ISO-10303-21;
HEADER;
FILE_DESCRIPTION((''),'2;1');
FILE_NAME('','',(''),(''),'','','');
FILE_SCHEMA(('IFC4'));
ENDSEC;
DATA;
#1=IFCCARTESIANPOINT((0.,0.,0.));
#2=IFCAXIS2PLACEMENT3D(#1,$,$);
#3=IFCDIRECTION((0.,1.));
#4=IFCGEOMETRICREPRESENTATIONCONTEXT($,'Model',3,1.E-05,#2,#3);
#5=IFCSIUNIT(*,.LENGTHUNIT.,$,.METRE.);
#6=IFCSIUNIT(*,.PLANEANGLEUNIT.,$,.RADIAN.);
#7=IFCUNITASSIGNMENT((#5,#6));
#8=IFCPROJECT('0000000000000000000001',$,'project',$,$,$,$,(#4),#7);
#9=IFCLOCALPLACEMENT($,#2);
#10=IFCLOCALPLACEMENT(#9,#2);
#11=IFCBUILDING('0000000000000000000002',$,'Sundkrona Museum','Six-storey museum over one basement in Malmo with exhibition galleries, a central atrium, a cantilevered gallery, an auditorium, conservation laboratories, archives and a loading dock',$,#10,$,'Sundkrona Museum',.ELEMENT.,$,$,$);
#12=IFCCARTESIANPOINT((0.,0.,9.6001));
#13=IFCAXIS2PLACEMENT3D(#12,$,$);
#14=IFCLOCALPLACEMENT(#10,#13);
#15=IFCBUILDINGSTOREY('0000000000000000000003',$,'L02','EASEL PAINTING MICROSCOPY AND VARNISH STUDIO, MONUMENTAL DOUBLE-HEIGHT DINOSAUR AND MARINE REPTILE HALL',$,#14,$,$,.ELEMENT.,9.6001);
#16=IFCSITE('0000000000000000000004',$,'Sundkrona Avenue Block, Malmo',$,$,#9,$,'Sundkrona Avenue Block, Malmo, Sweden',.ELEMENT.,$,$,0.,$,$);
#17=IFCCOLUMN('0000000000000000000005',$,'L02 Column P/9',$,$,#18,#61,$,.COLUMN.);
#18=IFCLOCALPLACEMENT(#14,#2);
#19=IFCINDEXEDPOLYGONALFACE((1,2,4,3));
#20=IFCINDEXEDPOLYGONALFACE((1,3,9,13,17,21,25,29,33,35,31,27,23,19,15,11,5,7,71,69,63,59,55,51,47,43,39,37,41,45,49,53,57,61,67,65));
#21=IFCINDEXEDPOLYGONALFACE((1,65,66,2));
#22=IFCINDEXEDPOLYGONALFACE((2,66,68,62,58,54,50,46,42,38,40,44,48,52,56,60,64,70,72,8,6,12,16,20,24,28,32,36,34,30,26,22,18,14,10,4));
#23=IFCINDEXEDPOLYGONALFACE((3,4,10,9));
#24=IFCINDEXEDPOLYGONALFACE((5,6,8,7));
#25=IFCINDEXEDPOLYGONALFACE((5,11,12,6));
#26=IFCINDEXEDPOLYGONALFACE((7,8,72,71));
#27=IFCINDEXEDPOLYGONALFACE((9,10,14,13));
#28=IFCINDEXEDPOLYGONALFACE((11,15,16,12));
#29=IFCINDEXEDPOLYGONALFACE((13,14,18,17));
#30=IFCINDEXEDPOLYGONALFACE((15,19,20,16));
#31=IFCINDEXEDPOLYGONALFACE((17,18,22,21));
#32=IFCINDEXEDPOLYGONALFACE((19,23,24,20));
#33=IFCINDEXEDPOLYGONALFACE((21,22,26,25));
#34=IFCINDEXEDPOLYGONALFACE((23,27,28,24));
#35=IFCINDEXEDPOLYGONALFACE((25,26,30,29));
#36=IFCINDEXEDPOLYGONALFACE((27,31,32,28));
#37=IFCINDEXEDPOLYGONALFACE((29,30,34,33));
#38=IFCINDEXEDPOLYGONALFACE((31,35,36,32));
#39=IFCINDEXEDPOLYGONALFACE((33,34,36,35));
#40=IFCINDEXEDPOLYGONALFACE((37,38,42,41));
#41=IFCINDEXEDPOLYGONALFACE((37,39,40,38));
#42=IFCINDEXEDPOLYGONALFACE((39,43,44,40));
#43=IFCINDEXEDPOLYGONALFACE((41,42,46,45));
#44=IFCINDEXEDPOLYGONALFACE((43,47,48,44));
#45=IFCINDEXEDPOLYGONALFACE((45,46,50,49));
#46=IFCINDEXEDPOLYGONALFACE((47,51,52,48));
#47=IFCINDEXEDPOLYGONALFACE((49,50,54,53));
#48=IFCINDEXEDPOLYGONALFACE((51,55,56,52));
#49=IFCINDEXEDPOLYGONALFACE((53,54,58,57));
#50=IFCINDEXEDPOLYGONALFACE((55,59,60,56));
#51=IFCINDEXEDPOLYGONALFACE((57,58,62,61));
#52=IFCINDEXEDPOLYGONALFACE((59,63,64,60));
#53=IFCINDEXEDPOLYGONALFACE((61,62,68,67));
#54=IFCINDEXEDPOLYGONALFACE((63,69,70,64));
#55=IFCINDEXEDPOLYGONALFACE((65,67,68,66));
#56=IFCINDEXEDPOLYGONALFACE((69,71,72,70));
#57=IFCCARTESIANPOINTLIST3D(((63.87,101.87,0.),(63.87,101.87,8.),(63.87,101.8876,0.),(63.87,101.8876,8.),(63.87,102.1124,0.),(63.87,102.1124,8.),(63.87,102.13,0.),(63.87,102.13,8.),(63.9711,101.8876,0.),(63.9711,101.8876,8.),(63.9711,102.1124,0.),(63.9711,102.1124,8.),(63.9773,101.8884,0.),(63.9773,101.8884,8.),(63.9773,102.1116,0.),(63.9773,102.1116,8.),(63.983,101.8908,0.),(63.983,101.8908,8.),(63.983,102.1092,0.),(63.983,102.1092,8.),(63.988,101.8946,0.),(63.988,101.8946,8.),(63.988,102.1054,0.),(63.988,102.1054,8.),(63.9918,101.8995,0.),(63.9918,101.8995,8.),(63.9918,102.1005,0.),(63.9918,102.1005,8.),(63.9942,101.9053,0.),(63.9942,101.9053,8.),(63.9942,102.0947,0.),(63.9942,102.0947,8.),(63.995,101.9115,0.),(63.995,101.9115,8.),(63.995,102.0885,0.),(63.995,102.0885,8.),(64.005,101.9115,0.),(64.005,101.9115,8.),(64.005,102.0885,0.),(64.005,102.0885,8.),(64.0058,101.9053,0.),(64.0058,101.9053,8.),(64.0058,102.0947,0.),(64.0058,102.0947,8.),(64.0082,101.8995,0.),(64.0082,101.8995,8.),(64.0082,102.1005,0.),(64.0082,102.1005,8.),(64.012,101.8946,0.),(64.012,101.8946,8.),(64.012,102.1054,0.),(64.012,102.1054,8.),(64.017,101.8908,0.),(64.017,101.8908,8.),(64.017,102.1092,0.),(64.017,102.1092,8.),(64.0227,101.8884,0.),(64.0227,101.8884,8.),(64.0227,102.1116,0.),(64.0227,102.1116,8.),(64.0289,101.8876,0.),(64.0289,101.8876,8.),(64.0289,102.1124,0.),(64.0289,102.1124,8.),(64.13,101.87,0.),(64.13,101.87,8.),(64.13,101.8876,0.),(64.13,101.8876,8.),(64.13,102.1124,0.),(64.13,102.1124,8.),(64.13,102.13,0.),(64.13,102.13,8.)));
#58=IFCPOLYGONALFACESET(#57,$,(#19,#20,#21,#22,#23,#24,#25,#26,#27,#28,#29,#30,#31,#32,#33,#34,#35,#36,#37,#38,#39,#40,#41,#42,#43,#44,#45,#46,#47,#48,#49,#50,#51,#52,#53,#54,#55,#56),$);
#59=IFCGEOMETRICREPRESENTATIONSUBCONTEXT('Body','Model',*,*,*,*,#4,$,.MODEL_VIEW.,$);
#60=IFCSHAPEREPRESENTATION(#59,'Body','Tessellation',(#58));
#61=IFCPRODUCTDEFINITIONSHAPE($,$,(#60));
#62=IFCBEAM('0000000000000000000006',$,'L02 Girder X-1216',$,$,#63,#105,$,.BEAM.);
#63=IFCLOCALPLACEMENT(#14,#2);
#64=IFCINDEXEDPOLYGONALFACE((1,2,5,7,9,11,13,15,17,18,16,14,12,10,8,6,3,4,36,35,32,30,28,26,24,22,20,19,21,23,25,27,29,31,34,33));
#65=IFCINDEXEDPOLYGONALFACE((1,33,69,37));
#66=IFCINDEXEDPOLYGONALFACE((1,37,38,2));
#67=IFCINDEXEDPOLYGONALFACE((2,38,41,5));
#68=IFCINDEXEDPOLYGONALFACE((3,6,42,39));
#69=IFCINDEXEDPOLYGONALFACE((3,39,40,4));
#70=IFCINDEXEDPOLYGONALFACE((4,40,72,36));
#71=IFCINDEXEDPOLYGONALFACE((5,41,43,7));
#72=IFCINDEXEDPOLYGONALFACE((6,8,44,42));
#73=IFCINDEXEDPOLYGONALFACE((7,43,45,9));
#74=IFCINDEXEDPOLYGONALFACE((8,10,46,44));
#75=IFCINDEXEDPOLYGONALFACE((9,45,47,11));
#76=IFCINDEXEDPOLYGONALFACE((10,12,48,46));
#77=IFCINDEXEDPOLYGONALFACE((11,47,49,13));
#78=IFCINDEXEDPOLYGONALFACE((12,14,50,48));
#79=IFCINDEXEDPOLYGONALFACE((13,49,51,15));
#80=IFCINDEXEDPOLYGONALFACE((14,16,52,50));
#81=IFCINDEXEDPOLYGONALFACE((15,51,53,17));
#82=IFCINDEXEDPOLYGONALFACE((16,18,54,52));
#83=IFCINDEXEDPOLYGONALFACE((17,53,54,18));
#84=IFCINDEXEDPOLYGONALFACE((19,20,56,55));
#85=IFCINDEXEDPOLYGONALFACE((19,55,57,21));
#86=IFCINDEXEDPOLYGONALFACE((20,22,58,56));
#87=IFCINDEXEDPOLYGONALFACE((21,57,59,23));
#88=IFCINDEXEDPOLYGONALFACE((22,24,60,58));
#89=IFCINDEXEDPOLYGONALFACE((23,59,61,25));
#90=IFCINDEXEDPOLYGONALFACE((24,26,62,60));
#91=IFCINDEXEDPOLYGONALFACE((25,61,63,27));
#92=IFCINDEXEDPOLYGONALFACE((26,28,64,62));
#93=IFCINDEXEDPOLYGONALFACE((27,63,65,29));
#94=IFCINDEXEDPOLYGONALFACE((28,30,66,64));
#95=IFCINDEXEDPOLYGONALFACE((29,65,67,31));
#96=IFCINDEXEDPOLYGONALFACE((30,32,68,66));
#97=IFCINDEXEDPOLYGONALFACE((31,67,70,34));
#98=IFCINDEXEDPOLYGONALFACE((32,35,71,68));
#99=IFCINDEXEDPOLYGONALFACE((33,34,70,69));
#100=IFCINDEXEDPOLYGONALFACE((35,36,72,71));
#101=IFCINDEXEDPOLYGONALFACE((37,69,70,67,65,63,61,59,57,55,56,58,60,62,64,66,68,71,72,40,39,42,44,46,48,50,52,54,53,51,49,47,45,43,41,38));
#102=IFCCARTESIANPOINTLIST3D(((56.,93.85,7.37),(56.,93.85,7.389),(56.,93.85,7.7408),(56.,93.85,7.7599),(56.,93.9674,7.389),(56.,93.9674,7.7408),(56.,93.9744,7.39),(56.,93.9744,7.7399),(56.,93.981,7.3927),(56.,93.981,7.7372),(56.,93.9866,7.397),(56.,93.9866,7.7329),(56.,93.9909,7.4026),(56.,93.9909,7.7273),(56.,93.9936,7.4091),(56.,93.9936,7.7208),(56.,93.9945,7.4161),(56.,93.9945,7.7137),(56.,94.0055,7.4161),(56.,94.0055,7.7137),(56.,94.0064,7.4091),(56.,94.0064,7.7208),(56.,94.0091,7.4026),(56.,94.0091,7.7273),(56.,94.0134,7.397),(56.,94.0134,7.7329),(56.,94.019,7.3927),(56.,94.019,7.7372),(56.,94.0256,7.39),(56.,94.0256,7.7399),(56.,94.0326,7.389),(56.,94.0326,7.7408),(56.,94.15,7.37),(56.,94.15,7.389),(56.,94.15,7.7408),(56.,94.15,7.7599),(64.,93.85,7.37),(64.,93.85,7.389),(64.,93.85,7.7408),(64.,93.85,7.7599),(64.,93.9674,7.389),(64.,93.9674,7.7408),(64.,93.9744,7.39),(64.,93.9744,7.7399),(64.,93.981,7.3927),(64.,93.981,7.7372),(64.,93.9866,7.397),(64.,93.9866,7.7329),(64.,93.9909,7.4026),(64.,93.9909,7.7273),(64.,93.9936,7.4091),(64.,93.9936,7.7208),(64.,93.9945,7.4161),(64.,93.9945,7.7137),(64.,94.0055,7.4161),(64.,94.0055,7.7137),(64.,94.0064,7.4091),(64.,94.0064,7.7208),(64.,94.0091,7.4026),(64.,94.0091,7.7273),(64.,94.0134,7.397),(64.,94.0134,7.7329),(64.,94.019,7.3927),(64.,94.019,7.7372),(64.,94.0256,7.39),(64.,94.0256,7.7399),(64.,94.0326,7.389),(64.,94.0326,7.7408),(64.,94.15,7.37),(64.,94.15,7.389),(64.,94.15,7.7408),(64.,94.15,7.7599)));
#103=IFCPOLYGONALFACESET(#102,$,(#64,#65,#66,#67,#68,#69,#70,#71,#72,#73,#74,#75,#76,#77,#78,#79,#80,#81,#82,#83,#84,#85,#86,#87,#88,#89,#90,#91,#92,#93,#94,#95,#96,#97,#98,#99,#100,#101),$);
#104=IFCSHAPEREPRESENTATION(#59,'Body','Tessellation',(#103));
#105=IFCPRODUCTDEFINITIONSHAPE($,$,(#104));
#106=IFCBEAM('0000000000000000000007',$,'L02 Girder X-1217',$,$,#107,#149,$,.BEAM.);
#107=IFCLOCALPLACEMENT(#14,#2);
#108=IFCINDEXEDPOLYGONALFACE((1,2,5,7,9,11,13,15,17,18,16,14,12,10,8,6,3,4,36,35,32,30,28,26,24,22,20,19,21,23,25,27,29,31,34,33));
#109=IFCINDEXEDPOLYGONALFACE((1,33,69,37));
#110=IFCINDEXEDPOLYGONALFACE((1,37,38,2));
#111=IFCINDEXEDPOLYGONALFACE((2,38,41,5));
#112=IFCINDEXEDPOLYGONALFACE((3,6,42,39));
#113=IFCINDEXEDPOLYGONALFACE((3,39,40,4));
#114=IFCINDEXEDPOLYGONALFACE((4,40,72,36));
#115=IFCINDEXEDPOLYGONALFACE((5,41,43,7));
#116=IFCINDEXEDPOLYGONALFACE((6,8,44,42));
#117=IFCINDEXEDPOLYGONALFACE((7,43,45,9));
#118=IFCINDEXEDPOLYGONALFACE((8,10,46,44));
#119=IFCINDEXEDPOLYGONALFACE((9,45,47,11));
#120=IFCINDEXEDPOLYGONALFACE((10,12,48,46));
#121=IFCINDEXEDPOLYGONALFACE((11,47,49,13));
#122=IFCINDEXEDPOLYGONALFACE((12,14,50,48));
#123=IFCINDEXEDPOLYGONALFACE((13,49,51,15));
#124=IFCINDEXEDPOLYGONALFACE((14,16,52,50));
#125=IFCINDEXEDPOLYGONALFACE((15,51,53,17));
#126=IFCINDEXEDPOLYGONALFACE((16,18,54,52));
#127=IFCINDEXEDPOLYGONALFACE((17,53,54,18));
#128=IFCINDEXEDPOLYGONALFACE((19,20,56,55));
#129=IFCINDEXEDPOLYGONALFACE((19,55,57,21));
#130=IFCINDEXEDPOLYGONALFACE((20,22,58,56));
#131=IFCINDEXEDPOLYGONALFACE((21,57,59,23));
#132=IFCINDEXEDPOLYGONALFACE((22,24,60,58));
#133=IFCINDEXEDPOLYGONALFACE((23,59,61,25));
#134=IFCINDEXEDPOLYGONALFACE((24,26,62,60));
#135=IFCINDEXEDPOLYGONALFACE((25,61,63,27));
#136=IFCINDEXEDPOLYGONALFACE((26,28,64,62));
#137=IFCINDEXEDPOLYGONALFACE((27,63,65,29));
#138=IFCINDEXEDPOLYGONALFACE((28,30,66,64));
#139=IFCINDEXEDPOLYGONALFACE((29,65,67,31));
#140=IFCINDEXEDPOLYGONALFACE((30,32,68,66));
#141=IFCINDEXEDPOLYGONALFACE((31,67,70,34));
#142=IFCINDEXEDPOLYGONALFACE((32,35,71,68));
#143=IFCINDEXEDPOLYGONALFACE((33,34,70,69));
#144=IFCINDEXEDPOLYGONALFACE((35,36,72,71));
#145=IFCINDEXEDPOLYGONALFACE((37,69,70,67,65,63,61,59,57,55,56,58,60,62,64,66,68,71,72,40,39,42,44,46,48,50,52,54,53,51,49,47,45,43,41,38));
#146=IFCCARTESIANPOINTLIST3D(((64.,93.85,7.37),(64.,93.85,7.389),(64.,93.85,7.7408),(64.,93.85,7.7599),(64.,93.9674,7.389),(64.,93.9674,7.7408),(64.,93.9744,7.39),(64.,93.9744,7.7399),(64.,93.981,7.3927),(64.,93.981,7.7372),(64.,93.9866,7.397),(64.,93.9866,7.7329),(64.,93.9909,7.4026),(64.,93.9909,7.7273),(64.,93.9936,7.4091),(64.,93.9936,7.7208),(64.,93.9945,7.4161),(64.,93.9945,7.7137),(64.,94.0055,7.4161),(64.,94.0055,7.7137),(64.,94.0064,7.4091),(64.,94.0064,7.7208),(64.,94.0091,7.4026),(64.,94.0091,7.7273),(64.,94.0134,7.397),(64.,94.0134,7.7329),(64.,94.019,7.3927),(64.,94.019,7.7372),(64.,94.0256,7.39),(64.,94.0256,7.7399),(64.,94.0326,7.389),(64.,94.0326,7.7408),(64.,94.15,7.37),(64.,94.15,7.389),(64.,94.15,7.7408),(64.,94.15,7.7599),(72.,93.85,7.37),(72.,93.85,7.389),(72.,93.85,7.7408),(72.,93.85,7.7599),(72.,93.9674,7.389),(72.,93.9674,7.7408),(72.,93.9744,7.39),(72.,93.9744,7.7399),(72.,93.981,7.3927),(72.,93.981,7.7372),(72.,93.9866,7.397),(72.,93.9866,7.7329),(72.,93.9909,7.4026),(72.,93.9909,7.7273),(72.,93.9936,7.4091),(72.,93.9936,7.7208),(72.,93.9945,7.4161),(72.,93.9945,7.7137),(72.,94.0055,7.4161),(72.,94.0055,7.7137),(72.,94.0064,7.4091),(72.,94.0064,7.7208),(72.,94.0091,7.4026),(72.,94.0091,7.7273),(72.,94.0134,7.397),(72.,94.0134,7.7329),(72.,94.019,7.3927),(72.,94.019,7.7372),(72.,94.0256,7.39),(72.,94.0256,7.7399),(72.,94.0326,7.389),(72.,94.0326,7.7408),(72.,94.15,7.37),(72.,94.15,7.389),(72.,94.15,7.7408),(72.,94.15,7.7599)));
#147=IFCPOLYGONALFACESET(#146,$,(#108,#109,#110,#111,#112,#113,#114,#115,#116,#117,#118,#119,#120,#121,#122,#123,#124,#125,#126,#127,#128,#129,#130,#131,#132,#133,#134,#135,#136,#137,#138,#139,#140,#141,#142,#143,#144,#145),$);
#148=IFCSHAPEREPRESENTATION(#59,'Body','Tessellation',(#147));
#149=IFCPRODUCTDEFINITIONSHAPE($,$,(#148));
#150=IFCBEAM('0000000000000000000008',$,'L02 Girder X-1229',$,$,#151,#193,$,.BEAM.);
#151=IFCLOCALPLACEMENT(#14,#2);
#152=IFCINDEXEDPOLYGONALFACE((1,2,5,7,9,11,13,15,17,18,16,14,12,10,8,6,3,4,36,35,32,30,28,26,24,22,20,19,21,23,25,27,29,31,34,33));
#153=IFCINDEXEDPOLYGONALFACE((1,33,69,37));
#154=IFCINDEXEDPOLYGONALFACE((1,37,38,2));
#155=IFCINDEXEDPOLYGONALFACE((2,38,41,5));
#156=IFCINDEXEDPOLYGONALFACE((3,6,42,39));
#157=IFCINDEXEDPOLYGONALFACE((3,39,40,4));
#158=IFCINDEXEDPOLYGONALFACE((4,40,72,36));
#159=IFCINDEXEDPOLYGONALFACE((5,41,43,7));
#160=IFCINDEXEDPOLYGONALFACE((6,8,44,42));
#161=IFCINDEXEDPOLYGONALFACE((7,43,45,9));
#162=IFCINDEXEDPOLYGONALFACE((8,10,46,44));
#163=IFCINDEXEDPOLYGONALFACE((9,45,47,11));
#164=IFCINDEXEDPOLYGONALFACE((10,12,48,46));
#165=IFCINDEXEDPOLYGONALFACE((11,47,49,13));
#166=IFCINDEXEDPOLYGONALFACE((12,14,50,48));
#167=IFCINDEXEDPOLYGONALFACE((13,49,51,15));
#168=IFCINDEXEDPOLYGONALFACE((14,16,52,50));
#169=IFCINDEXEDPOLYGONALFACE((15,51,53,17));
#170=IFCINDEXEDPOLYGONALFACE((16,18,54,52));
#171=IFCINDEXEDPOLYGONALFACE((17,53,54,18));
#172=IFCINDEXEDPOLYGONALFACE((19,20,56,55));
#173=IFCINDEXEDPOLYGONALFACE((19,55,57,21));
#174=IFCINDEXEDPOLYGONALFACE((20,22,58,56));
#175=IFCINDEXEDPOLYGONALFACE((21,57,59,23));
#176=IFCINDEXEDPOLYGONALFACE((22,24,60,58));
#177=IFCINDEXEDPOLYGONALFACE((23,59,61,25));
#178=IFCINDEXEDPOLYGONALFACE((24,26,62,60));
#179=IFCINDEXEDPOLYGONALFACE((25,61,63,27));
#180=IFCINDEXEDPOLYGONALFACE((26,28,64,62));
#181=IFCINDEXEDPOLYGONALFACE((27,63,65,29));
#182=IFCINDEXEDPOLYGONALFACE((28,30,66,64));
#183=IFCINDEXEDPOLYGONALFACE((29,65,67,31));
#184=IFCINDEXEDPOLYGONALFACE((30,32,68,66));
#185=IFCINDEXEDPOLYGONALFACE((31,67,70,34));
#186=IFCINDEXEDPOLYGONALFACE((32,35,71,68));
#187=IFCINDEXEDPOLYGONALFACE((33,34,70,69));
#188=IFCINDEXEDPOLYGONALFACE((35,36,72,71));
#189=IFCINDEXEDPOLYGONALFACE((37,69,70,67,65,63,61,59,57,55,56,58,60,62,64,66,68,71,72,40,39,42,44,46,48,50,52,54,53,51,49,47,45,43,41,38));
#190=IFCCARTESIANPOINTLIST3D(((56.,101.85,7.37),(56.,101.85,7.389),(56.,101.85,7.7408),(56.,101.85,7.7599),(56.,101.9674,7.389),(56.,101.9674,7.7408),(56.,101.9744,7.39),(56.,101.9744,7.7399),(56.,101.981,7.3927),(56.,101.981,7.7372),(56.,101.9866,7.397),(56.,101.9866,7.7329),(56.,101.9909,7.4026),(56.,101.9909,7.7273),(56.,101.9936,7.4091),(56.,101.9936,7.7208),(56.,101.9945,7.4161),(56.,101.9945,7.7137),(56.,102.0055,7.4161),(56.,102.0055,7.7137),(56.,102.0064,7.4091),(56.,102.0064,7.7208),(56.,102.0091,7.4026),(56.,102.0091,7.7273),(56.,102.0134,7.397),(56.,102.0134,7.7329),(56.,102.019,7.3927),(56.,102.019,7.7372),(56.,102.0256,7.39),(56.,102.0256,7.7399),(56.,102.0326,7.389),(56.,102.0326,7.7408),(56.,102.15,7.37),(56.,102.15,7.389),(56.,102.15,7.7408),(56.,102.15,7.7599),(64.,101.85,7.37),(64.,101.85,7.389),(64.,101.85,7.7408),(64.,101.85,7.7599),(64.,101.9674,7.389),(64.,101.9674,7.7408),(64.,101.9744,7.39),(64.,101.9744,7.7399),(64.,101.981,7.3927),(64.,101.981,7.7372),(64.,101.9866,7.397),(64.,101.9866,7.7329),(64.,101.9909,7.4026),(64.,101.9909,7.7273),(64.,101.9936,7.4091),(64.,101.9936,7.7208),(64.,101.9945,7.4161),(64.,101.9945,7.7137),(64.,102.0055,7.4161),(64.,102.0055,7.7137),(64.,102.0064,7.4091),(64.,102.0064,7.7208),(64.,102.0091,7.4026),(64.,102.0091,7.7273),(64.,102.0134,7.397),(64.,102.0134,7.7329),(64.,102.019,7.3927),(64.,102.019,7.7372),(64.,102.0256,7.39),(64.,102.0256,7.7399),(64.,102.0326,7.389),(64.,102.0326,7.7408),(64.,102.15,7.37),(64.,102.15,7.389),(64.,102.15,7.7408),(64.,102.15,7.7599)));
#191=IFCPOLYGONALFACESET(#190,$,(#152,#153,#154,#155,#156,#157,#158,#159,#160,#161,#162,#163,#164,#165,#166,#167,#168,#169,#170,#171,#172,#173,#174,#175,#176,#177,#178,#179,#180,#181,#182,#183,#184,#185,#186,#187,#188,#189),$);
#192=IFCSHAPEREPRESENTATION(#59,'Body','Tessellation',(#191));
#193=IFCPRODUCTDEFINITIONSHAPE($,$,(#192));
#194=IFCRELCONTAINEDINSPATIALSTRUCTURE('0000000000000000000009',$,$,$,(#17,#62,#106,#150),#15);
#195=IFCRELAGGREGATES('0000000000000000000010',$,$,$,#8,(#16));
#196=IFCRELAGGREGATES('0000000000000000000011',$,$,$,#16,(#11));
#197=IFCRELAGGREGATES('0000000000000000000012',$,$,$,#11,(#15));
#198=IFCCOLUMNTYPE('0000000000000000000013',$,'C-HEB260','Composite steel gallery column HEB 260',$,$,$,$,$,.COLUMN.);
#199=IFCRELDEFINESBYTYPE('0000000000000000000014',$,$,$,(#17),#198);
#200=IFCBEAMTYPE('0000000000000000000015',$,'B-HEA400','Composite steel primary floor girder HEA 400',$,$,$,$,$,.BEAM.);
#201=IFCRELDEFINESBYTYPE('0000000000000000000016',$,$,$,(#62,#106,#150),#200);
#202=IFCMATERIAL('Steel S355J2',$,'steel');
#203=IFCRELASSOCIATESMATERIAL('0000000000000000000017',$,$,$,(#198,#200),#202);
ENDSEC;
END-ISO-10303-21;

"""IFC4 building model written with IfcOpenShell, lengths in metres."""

from ifc_helpers import new_model, si_unit, direction, frame, origin, origin_2d, place, context, subcontext, project, spatial, i_section, extrude, material, material_profile, profile_set, type_object, element, save


model = new_model("IFC4")

# Units and contexts
model_context = context("Model", 3, precision=1e-05, world=origin(), true_north=direction((0.0, 1.0)))
body_context = subcontext(model_context, "Body", "Model", "MODEL_VIEW")
ifc_project = project(units=[si_unit("LENGTHUNIT", "METRE"), si_unit("PLANEANGLEUNIT", "RADIAN")], contexts=[model_context])

# Site, building, storey
site_placement = place(None, origin())
site = spatial("IfcSite", under=ifc_project, at=site_placement, Name="Sundkrona Avenue Block, Malmo", LongName="Sundkrona Avenue Block, Malmo, Sweden", CompositionType="ELEMENT", RefElevation=0.0)
building_placement = place(site_placement, origin())
building = spatial("IfcBuilding", under=site, at=building_placement, Name="Sundkrona Museum", Description="Six-storey museum over one basement in Malmo with exhibition galleries, a central atrium, a cantilevered gallery, an auditorium, conservation laboratories, archives and a loading dock", LongName="Sundkrona Museum", CompositionType="ELEMENT")
storey_placement = place(building_placement, frame((0.0, 0.0, 9.6001)))
storey = spatial("IfcBuildingStorey", under=building, at=storey_placement, Name="L02", Description="EASEL PAINTING MICROSCOPY AND VARNISH STUDIO, MONUMENTAL DOUBLE-HEIGHT DINOSAUR AND MARINE REPTILE HALL", CompositionType="ELEMENT", Elevation=9.6001)

# Column
ifc_material_1 = material(Name="Steel S355J2", Category="steel")
ifc_material_profile_1 = material_profile(ifc_material_1, i_section(OverallWidth=0.26, OverallDepth=0.26, WebThickness=0.01, FlangeThickness=0.0176, FilletRadius=0.0239, at=origin_2d()), Name="HEB 260")
ifc_profile_set_1 = profile_set([ifc_material_profile_1], Name="Steel S355J2")
column_type = type_object("IfcColumnType", Name="C-HEB260", Description="Composite steel gallery column HEB 260", PredefinedType="COLUMN", material=ifc_profile_set_1)
for number, where, z_axis, x_axis, name in (
    (1, (64.0, 102.0, 0.0), (0.0, 0.0, 1.0), (1.0, 0.0, 0.0), "L02 Column P/9"),
):
    element("IfcColumn", number, at=place(storey_placement, frame(where, z_axis=z_axis, x_axis=x_axis)), inside=storey, type_object=column_type, Name=name, PredefinedType="COLUMN", context=body_context, shape_type="SweptSolid", body=[
        extrude(i_section(OverallWidth=0.26, OverallDepth=0.26, WebThickness=0.01, FlangeThickness=0.0176, FilletRadius=0.0239, at=origin_2d()), origin(), (0.0, 0.0, 1.0), 8.0),
    ])

# Beams
ifc_material_profile_2 = material_profile(ifc_material_1, i_section(OverallWidth=0.3, OverallDepth=0.3899, WebThickness=0.011, FlangeThickness=0.019, FilletRadius=0.0271, at=origin_2d()), Name="HEA 400")
ifc_profile_set_2 = profile_set([ifc_material_profile_2], Name="Steel S355J2")
beam_type_1 = type_object("IfcBeamType", Name="B-HEA400", Description="Composite steel primary floor girder HEA 400", PredefinedType="BEAM", material=ifc_profile_set_2)
for number, where, z_axis, x_axis, name in (
    (2, (56.0, 94.0, 7.5649), (1.0, 0.0, 0.0), (0.0, 1.0, 0.0), "L02 Girder X-1216"),
    (3, (64.0, 94.0, 7.5649), (1.0, 0.0, 0.0), (0.0, 1.0, 0.0), "L02 Girder X-1217"),
    (4, (56.0, 102.0, 7.5649), (1.0, 0.0, 0.0), (0.0, 1.0, 0.0), "L02 Girder X-1229"),
):
    element("IfcBeam", number, at=place(storey_placement, frame(where, z_axis=z_axis, x_axis=x_axis)), inside=storey, type_object=beam_type_1, Name=name, PredefinedType="BEAM", context=body_context, shape_type="SweptSolid", body=[
        extrude(i_section(OverallWidth=0.3, OverallDepth=0.3899, WebThickness=0.011, FlangeThickness=0.019, FilletRadius=0.0271, at=origin_2d()), origin(), (0.0, 0.0, 1.0), 8.0),
    ])

save(model, "model.ifc")
